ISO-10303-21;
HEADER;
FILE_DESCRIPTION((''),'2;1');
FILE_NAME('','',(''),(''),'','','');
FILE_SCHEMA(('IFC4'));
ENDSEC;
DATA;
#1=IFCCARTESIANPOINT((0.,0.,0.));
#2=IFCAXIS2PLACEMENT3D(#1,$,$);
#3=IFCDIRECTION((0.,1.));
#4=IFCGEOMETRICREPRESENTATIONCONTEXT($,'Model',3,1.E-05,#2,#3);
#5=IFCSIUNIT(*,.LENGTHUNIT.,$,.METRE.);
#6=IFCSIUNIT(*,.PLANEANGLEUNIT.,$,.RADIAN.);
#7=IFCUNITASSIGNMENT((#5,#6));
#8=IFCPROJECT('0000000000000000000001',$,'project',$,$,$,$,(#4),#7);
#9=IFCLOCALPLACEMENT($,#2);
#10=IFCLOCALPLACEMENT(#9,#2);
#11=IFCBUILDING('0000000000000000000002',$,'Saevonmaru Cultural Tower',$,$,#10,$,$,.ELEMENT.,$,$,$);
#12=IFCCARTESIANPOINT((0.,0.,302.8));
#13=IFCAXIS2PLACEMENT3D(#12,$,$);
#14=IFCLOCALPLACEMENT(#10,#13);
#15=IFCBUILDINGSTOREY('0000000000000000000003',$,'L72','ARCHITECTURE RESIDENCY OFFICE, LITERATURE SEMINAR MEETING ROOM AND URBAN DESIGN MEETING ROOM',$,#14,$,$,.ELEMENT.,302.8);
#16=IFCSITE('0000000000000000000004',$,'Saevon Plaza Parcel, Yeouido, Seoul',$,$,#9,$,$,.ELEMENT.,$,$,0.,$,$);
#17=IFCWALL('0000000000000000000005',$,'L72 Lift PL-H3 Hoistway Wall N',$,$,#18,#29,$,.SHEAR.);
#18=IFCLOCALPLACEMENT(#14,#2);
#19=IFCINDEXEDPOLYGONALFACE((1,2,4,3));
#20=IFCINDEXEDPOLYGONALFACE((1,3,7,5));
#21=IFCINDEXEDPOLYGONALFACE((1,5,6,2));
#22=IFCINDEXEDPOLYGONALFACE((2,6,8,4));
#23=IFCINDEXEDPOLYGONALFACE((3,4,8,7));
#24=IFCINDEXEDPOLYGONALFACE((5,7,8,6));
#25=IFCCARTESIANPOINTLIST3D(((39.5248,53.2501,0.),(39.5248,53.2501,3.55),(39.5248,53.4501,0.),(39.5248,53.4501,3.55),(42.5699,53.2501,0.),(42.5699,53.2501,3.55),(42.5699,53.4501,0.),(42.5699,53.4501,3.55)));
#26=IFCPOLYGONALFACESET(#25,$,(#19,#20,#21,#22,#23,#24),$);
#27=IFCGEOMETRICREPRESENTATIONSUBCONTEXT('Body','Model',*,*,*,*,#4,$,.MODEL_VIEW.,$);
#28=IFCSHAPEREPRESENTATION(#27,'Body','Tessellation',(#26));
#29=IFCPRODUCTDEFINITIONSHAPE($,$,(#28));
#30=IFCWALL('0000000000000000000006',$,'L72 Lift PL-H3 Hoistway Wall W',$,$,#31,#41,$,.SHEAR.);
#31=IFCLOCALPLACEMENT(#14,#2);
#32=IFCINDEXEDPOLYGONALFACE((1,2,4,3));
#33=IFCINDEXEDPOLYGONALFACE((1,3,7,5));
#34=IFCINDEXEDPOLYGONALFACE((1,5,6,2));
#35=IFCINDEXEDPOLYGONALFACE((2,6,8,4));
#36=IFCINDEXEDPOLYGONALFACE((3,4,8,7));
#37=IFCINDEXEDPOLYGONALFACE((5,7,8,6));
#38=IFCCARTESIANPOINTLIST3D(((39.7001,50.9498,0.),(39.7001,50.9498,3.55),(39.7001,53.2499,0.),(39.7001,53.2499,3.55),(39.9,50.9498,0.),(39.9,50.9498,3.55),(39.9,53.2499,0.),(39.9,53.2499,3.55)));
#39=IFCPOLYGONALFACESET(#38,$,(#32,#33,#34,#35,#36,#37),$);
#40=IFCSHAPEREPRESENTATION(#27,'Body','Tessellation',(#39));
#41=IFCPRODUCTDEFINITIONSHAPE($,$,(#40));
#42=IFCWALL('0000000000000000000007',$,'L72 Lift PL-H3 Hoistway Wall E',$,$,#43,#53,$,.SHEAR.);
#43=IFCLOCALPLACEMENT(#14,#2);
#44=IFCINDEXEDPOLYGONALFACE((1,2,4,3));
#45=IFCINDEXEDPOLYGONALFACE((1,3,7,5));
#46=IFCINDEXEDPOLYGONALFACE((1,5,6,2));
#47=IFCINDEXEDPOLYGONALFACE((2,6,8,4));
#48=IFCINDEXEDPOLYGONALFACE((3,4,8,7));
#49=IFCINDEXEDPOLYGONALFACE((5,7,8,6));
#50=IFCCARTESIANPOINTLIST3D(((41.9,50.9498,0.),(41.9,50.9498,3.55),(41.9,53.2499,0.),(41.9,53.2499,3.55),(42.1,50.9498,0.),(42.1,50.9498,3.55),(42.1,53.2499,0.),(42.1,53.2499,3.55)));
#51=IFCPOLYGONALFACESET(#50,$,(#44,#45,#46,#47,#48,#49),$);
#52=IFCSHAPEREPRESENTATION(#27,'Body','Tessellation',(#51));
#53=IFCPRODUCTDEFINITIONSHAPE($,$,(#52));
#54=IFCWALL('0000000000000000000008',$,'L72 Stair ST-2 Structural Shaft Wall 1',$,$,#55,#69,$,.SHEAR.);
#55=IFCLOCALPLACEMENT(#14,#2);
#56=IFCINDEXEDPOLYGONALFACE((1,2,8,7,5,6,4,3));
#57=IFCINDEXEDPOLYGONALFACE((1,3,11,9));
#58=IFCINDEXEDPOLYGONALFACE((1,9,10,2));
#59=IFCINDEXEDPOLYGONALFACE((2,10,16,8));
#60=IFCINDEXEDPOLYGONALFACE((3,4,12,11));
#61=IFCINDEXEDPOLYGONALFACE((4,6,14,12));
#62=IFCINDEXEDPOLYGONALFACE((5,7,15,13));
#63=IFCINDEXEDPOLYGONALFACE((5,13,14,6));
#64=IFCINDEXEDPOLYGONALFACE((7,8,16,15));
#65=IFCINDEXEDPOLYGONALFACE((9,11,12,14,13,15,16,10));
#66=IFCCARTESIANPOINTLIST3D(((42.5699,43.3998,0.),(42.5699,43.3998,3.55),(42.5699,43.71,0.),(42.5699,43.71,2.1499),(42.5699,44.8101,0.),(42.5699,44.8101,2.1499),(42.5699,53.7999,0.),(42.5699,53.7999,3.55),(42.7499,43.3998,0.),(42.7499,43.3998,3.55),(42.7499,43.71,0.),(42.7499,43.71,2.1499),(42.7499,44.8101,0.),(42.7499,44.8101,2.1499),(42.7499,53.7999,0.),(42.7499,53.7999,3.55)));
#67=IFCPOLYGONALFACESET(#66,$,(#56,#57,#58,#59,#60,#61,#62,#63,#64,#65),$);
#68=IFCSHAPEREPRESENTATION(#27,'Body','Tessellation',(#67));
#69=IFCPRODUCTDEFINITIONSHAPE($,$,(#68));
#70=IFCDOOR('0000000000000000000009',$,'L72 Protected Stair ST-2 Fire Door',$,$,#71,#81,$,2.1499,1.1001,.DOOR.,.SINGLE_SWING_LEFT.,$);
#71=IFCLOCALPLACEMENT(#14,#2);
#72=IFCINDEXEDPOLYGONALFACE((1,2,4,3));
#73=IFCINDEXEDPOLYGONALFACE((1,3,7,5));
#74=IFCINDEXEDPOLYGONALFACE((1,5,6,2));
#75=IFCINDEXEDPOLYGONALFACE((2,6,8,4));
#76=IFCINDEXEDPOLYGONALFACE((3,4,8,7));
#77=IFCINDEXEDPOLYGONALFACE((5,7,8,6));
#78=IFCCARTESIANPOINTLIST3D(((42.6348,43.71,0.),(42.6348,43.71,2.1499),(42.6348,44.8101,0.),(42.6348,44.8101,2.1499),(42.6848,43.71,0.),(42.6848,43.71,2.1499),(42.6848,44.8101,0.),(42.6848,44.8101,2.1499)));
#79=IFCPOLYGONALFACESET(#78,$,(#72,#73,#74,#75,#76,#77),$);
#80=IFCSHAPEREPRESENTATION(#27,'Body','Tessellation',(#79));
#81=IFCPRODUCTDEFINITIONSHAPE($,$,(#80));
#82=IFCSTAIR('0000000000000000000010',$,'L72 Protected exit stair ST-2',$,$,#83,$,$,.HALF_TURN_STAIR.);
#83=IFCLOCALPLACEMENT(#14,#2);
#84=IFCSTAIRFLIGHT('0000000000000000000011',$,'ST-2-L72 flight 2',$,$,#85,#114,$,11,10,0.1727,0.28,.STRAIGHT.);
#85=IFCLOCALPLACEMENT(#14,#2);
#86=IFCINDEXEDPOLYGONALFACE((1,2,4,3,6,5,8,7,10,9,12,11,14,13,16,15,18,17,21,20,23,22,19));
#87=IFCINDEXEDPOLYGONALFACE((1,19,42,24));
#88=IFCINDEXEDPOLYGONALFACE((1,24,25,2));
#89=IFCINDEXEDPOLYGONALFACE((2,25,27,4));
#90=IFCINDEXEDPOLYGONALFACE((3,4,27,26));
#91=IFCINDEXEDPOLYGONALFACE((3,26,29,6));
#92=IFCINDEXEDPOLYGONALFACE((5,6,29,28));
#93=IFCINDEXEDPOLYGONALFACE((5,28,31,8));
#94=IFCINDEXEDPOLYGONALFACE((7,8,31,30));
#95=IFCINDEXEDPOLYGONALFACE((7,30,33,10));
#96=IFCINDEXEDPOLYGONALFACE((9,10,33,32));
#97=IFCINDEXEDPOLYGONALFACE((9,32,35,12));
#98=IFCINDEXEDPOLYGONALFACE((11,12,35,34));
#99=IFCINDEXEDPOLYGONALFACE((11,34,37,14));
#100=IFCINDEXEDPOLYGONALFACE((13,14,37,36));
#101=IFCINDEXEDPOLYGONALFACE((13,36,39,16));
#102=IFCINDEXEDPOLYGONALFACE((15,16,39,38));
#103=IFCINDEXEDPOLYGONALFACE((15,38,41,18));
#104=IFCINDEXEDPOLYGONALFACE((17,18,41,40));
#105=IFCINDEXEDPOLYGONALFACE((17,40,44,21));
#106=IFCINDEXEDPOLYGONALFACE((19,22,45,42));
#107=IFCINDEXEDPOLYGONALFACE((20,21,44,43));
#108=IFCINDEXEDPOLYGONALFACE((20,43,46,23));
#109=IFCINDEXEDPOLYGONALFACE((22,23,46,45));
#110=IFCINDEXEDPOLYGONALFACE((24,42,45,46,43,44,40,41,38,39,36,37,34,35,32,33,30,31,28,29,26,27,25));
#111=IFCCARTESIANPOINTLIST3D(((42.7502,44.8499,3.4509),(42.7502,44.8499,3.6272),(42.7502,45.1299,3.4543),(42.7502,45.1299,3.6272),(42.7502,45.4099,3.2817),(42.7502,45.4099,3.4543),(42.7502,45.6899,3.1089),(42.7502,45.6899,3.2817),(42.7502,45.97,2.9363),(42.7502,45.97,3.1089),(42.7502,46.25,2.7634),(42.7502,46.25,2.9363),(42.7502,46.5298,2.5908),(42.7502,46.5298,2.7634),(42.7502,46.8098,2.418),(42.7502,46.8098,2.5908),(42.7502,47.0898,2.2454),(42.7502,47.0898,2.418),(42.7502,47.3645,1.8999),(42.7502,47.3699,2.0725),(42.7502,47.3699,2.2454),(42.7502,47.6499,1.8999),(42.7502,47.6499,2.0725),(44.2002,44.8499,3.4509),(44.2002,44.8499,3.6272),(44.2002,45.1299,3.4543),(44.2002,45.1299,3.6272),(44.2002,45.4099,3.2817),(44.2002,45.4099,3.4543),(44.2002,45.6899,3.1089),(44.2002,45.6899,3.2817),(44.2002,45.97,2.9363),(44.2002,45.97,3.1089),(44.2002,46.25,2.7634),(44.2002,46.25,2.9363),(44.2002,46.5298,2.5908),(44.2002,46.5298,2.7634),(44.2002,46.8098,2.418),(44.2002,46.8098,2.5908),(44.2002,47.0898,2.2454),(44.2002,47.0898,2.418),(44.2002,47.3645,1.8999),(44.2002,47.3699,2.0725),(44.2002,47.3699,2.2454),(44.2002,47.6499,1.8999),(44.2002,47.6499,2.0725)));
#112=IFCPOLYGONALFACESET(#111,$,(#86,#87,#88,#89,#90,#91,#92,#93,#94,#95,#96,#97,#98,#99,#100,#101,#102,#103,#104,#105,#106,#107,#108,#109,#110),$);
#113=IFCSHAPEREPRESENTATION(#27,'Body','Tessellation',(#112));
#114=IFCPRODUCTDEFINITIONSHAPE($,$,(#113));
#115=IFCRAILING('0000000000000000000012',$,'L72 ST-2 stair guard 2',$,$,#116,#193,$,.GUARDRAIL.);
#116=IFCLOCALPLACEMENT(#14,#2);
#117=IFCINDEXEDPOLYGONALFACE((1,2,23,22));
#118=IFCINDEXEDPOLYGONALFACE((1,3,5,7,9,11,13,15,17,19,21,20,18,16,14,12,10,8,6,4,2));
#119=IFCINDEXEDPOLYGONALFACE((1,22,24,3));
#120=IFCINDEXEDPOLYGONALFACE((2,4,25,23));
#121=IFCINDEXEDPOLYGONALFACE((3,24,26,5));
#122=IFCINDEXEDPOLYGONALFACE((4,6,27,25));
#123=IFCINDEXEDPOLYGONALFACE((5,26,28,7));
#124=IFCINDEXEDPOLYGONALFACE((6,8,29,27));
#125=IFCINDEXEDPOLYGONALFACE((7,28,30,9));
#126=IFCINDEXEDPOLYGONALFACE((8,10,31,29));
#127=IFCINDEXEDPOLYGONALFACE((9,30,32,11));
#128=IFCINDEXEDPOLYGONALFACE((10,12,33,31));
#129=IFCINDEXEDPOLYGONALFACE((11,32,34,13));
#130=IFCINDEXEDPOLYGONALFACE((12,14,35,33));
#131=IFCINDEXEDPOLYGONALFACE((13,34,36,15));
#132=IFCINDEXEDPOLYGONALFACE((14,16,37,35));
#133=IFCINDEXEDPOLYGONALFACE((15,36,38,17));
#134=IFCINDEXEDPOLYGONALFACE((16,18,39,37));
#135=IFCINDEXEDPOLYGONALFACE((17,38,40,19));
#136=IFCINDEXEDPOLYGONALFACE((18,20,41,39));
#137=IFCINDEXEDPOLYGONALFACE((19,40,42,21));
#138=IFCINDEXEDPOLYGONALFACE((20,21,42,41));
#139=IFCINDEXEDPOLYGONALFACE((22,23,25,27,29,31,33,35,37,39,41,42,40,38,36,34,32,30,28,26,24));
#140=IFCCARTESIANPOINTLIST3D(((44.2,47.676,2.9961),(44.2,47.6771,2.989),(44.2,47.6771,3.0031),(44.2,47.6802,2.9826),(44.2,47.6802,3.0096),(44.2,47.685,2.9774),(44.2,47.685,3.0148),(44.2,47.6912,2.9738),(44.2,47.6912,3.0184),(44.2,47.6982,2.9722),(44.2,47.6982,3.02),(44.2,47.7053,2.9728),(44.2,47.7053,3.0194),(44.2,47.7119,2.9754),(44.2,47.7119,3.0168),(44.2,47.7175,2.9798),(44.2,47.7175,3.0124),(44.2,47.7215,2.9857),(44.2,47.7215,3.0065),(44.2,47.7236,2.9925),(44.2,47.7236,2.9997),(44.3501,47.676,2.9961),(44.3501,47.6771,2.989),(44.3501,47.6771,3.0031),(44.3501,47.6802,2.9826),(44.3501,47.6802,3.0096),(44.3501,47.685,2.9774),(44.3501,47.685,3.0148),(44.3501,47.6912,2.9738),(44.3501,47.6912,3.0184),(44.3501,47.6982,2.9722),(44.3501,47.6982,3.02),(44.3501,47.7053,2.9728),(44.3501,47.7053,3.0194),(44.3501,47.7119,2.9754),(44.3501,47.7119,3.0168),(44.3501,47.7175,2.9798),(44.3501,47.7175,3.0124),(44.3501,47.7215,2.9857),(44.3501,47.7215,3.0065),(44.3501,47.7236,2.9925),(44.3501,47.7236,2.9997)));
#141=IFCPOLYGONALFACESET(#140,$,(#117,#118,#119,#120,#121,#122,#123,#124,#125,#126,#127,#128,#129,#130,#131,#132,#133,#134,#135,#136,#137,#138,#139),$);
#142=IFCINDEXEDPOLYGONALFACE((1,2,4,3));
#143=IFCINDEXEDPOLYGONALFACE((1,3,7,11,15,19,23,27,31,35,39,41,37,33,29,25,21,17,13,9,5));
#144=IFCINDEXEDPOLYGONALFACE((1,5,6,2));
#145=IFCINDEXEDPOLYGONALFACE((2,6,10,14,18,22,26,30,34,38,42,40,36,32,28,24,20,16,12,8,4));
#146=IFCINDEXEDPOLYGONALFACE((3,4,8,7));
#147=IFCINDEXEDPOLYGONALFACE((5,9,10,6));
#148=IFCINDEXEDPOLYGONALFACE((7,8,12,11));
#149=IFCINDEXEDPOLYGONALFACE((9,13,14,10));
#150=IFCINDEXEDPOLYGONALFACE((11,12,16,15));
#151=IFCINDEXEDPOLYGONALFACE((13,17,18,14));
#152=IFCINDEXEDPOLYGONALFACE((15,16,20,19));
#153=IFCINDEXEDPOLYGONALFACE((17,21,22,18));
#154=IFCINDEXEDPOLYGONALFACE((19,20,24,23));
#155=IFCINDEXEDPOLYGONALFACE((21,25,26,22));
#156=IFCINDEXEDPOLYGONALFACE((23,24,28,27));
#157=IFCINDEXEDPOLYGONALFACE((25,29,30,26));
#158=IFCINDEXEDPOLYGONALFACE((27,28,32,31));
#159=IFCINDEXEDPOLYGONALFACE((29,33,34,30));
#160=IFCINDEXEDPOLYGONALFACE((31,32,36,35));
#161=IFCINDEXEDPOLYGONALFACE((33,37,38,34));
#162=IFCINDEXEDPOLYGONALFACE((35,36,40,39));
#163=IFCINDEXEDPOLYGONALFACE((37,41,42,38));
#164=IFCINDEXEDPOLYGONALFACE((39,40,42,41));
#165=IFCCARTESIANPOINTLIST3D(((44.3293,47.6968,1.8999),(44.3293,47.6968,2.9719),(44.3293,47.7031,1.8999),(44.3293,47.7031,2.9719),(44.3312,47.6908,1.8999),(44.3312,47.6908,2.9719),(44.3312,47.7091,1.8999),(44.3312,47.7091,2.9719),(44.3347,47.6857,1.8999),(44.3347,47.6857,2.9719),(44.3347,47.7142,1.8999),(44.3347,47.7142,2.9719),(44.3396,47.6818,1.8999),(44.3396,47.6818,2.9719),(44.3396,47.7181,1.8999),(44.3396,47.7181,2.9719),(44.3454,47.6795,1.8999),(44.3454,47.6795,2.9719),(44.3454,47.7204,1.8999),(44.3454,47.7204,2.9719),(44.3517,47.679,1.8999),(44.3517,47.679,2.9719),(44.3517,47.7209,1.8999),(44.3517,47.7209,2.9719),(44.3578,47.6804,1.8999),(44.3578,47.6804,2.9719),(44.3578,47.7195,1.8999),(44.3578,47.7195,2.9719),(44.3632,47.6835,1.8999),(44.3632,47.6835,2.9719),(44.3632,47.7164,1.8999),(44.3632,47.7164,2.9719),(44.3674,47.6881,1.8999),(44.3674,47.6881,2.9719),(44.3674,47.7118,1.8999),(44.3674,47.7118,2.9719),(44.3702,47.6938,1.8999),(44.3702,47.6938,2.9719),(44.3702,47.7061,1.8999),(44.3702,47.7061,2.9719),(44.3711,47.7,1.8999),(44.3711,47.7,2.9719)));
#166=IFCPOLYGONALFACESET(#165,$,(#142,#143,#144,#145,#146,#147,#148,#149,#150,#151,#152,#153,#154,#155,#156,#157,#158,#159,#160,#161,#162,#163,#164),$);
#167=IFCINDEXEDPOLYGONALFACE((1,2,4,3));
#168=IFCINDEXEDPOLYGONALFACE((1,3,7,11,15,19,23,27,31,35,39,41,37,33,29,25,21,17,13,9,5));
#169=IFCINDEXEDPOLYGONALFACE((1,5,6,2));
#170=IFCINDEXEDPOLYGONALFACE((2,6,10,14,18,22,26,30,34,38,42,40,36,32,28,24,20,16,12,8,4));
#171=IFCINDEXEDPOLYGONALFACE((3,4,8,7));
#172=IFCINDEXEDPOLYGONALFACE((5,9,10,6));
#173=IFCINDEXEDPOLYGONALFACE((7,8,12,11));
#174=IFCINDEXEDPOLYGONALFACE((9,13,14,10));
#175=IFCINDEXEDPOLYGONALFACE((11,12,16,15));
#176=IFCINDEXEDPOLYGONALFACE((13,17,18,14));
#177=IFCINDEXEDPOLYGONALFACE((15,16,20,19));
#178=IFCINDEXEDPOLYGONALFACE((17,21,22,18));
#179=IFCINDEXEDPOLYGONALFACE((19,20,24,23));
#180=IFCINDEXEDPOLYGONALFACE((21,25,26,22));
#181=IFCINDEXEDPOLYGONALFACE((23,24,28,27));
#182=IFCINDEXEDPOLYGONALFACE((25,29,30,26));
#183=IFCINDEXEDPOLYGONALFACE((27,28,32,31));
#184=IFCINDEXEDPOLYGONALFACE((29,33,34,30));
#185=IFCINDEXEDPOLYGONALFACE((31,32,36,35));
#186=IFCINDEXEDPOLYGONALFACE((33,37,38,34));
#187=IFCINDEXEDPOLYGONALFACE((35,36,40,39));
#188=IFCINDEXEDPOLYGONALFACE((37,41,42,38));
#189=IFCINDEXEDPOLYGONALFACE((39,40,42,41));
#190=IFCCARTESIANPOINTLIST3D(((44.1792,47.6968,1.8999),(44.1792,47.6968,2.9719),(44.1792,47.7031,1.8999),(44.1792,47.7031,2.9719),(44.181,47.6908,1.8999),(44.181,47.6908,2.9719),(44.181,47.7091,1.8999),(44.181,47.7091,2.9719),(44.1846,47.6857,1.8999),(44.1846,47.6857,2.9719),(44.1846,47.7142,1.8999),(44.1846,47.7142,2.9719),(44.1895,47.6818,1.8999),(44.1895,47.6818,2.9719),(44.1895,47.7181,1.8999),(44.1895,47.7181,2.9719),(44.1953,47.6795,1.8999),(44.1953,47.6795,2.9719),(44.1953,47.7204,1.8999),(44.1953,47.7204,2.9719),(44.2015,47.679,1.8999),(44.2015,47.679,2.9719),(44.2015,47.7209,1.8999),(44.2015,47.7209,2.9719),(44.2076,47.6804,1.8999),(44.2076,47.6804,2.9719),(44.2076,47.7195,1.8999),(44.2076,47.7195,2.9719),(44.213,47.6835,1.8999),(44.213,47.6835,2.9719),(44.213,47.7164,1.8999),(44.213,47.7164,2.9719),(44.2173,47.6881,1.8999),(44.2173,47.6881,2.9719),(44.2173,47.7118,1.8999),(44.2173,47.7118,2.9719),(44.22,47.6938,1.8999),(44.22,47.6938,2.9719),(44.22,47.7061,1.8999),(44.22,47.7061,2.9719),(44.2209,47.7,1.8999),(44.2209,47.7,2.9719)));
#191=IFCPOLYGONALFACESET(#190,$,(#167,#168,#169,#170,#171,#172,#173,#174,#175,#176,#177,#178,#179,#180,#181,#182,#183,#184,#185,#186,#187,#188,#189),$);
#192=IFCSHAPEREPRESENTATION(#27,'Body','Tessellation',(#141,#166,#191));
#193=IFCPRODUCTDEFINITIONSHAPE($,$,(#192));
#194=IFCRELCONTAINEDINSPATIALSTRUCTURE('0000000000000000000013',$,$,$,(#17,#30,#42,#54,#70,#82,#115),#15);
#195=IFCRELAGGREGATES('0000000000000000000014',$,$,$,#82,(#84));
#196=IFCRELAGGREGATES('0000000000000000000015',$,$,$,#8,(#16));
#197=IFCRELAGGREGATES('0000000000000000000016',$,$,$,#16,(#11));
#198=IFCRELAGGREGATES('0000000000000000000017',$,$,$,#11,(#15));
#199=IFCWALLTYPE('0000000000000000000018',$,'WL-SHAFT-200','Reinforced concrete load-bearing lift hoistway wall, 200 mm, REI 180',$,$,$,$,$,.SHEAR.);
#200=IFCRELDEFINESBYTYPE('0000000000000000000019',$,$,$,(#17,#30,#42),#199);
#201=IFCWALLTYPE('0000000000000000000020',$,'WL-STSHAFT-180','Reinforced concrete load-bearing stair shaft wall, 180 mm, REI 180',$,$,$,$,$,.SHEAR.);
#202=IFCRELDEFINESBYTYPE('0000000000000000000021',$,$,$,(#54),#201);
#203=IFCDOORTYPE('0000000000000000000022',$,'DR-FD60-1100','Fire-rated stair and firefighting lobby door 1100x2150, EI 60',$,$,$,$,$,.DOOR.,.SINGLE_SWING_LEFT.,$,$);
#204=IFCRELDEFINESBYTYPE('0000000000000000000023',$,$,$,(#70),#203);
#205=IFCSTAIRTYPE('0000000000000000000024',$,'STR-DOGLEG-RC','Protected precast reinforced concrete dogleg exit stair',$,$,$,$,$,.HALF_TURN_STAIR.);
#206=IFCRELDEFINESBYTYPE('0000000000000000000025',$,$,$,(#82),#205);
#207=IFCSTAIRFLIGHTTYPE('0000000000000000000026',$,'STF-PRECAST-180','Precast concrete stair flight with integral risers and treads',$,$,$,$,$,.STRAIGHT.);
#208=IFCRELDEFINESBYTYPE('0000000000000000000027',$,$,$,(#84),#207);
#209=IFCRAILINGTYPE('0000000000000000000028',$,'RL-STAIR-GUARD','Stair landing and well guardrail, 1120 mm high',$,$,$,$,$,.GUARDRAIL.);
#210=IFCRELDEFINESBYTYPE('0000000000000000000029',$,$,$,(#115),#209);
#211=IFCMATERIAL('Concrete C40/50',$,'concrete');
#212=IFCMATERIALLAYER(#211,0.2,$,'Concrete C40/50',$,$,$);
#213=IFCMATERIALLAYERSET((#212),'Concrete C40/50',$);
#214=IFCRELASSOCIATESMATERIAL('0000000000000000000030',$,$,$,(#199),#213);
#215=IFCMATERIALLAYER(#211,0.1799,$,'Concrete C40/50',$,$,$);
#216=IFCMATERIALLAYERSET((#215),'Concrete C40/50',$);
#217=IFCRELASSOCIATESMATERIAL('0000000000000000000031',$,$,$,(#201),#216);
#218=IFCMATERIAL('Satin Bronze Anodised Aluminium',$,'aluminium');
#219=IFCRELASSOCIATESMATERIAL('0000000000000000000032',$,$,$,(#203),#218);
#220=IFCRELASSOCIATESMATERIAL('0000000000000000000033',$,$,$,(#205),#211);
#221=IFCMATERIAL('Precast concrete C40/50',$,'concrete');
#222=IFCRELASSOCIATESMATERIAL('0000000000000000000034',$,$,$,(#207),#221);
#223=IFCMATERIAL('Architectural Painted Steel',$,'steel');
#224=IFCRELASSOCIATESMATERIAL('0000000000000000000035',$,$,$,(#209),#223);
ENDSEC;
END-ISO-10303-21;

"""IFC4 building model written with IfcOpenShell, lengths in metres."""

from ifc_helpers import new_model, si_unit, direction, frame, frame_2d, origin, origin_2d, place, context, subcontext, project, spatial, polyline, rectangle, circle, outline, extrude, material, layer, layer_set, type_object, element, fill, aggregate, save


model = new_model("IFC4")

# Units and contexts
model_context = context("Model", 3, precision=1e-05, world=origin(), true_north=direction((0.0, 1.0)))
body_context = subcontext(model_context, "Body", "Model", "MODEL_VIEW")
ifc_project = project(units=[si_unit("LENGTHUNIT", "METRE"), si_unit("PLANEANGLEUNIT", "RADIAN")], contexts=[model_context])

# Site, building, storey
site_placement = place(None, origin())
site = spatial("IfcSite", under=ifc_project, at=site_placement, Name="Saevon Plaza Parcel, Yeouido, Seoul", CompositionType="ELEMENT", RefElevation=0.0)
building_placement = place(site_placement, origin())
building = spatial("IfcBuilding", under=site, at=building_placement, Name="Saevonmaru Cultural Tower", CompositionType="ELEMENT")
storey_placement = place(building_placement, frame((0.0, 0.0, 302.8)))
storey = spatial("IfcBuildingStorey", under=building, at=storey_placement, Name="L72", Description="ARCHITECTURE RESIDENCY OFFICE, LITERATURE SEMINAR MEETING ROOM AND URBAN DESIGN MEETING ROOM", CompositionType="ELEMENT", Elevation=302.8)

# Shared definitions
ifc_material_1 = material(Name="Satin Bronze Anodised Aluminium", Category="aluminium")

# Shared definitions
ifc_material_2 = material(Name="Concrete C40/50", Category="concrete")
ifc_layer_1 = layer(ifc_material_2, 0.2, Name="Concrete C40/50")
ifc_layer_set_1 = layer_set([ifc_layer_1], Name="Concrete C40/50")
wall_type_1 = type_object("IfcWallType", Name="WL-SHAFT-200", Description="Reinforced concrete load-bearing lift hoistway wall, 200 mm, REI 180", PredefinedType="SHEAR", material=ifc_layer_set_1)

# Walls
wall_1_placement = place(storey_placement, frame((39.5249, 53.3501, 0.0), z_axis=(0.0, 0.0, 1.0), x_axis=(1.0, 0.0, 0.0)))
element("IfcWall", 1, at=wall_1_placement, inside=storey, type_object=wall_type_1, Name="L72 Lift PL-H3 Hoistway Wall N", PredefinedType="SHEAR", context=body_context, shape_type="SweptSolid", body=[
    extrude(rectangle(XDim=3.0452, YDim=0.2, at=frame_2d((1.5225, 0.0))), origin(), (0.0, 0.0, 1.0), 3.55),
])
for number, where, z_axis, x_axis, name in (
    (2, (39.8, 50.95, 0.0), (0.0, 0.0, 1.0), (0.0, 1.0, 0.0), "L72 Lift PL-H3 Hoistway Wall W"),
    (3, (42.0, 50.95, 0.0), (0.0, 0.0, 1.0), (0.0, 1.0, 0.0), "L72 Lift PL-H3 Hoistway Wall E"),
):
    element("IfcWall", number, at=place(storey_placement, frame(where, z_axis=z_axis, x_axis=x_axis)), inside=storey, type_object=wall_type_1, Name=name, PredefinedType="SHEAR", context=body_context, shape_type="SweptSolid", body=[
        extrude(rectangle(XDim=2.3, YDim=0.2, at=frame_2d((1.1499, 0.0))), origin(), (0.0, 0.0, 1.0), 3.55),
    ])

# Wall, opening, door
ifc_layer_2 = layer(ifc_material_2, 0.1799, Name="Concrete C40/50")
ifc_layer_set_2 = layer_set([ifc_layer_2], Name="Concrete C40/50")
wall_type_2 = type_object("IfcWallType", Name="WL-STSHAFT-180", Description="Reinforced concrete load-bearing stair shaft wall, 180 mm, REI 180", PredefinedType="SHEAR", material=ifc_layer_set_2)
wall_2_placement = place(storey_placement, frame((42.6599, 53.8, 0.0), z_axis=(0.0, 0.0, 1.0), x_axis=(0.0, -1.0, 0.0)))
wall_2 = element("IfcWall", 4, at=wall_2_placement, inside=storey, type_object=wall_type_2, Name="L72 Stair ST-2 Structural Shaft Wall 1", PredefinedType="SHEAR", context=body_context, shape_type="SweptSolid", body=[
    extrude(rectangle(XDim=10.4001, YDim=0.1799, at=frame_2d((5.2002, 0.0))), origin(), (0.0, 0.0, 1.0), 3.55),
])
opening_1_placement = place(wall_2_placement, frame((8.99, 0.0, 0.0)))
opening_1 = element("IfcOpeningElement", 5, at=opening_1_placement, cuts=wall_2, PredefinedType="OPENING", context=body_context, shape_type="SweptSolid", body=[
    extrude(rectangle(XDim=1.1001, YDim=2.1499, at=frame_2d((0.55, 1.075))), frame((0.0, 0.1001, 0.0), z_axis=(0.0, -1.0, 0.0), x_axis=(1.0, 0.0, 0.0)), (0.0, 0.0, 1.0), 0.2),
])
door_type_1 = type_object("IfcDoorType", Name="DR-FD60-1100", Description="Fire-rated stair and firefighting lobby door 1100x2150, EI 60", OperationType="SINGLE_SWING_LEFT", PredefinedType="DOOR", material=ifc_material_1)
door_1_placement = place(opening_1_placement, origin())
door_1 = element("IfcDoor", 6, at=door_1_placement, inside=storey, type_object=door_type_1, Name="L72 Protected Stair ST-2 Fire Door", OperationType="SINGLE_SWING_LEFT", OverallHeight=2.1499, OverallWidth=1.1001, PredefinedType="DOOR", context=body_context, shape_type="SweptSolid", body=[
    extrude(rectangle(XDim=1.1001, YDim=2.1499, at=frame_2d((0.55, 1.075))), frame((0.0, 0.0249, 0.0), z_axis=(0.0, -1.0, 0.0), x_axis=(1.0, 0.0, 0.0)), (0.0, 0.0, 1.0), 0.05),
])
fill(opening_1, door_1)

# Stair, stair flight
stair_type = type_object("IfcStairType", Name="STR-DOGLEG-RC", Description="Protected precast reinforced concrete dogleg exit stair", PredefinedType="HALF_TURN_STAIR", material=ifc_material_2)
stair_placement = place(storey_placement, origin())
stair = element("IfcStair", 7, at=stair_placement, inside=storey, type_object=stair_type, Name="L72 Protected exit stair ST-2", PredefinedType="HALF_TURN_STAIR")
ifc_material_3 = material(Name="Precast concrete C40/50", Category="concrete")
stair_flight_type = type_object("IfcStairFlightType", Name="STF-PRECAST-180", Description="Precast concrete stair flight with integral risers and treads", PredefinedType="STRAIGHT", material=ifc_material_3)
stair_flight_placement = place(storey_placement, frame((43.4751, 47.6499, 1.8999), z_axis=(0.0, 0.0, 1.0), x_axis=(0.0, -1.0, 0.0)))
stair_flight = element("IfcStairFlight", 8, at=stair_flight_placement, type_object=stair_flight_type, Name="ST-2-L72 flight 2", NumberOfRisers=11, NumberOfTreads=10, PredefinedType="STRAIGHT", RiserHeight=0.1727, TreadLength=0.28, context=body_context, shape_type="SweptSolid", body=[
    extrude(outline(polyline([(0.0, 0.0), (0.0, 0.1726), (0.28, 0.1726), (0.28, 0.3455), (0.5601, 0.3455), (0.5601, 0.5181), (0.8401, 0.5181), (0.8401, 0.6909), (1.1201, 0.6909), (1.1201, 0.8635), (1.3999, 0.8635), (1.3999, 1.0364), (1.6799, 1.0364), (1.6799, 1.209), (1.96, 1.209), (1.96, 1.3818), (2.24, 1.3818), (2.24, 1.5544), (2.52, 1.5544), (2.52, 1.7273), (2.8, 1.7273), (2.8, 1.8999), (2.8, 1.551), (0.2854, 0.0), (0.0, 0.0)])), frame((0.0, 0.7251, 0.0), z_axis=(0.0, -1.0, 0.0), x_axis=(1.0, 0.0, 0.0)), (0.0, 0.0, 1.0), 1.45),
])
aggregate(stair, [stair_flight])

# Railing
ifc_material_4 = material(Name="Architectural Painted Steel", Category="steel")
railing_type_1 = type_object("IfcRailingType", Name="RL-STAIR-GUARD", Description="Stair landing and well guardrail, 1120 mm high", PredefinedType="GUARDRAIL", material=ifc_material_4)
railing_1_placement = place(storey_placement, frame((44.3501, 47.7, 1.8999)))
element("IfcRailing", 9, at=railing_1_placement, inside=storey, type_object=railing_type_1, Name="L72 ST-2 stair guard 2", PredefinedType="GUARDRAIL", context=body_context, shape_type="SweptSolid", body=[
    extrude(circle(Radius=0.0239, at=origin_2d()), frame((0.0, 0.0, 1.0962), z_axis=(-1.0, 0.0, 0.0), x_axis=(0.0, -1.0, 0.0)), (0.0, 0.0, 1.0), 0.1501),
    extrude(circle(Radius=0.021, at=origin_2d()), origin(), (0.0, 0.0, 1.0), 1.072),
    extrude(circle(Radius=0.021, at=origin_2d()), frame((-0.1501, 0.0, 0.0)), (0.0, 0.0, 1.0), 1.072),
])

save(model, "model.ifc")
